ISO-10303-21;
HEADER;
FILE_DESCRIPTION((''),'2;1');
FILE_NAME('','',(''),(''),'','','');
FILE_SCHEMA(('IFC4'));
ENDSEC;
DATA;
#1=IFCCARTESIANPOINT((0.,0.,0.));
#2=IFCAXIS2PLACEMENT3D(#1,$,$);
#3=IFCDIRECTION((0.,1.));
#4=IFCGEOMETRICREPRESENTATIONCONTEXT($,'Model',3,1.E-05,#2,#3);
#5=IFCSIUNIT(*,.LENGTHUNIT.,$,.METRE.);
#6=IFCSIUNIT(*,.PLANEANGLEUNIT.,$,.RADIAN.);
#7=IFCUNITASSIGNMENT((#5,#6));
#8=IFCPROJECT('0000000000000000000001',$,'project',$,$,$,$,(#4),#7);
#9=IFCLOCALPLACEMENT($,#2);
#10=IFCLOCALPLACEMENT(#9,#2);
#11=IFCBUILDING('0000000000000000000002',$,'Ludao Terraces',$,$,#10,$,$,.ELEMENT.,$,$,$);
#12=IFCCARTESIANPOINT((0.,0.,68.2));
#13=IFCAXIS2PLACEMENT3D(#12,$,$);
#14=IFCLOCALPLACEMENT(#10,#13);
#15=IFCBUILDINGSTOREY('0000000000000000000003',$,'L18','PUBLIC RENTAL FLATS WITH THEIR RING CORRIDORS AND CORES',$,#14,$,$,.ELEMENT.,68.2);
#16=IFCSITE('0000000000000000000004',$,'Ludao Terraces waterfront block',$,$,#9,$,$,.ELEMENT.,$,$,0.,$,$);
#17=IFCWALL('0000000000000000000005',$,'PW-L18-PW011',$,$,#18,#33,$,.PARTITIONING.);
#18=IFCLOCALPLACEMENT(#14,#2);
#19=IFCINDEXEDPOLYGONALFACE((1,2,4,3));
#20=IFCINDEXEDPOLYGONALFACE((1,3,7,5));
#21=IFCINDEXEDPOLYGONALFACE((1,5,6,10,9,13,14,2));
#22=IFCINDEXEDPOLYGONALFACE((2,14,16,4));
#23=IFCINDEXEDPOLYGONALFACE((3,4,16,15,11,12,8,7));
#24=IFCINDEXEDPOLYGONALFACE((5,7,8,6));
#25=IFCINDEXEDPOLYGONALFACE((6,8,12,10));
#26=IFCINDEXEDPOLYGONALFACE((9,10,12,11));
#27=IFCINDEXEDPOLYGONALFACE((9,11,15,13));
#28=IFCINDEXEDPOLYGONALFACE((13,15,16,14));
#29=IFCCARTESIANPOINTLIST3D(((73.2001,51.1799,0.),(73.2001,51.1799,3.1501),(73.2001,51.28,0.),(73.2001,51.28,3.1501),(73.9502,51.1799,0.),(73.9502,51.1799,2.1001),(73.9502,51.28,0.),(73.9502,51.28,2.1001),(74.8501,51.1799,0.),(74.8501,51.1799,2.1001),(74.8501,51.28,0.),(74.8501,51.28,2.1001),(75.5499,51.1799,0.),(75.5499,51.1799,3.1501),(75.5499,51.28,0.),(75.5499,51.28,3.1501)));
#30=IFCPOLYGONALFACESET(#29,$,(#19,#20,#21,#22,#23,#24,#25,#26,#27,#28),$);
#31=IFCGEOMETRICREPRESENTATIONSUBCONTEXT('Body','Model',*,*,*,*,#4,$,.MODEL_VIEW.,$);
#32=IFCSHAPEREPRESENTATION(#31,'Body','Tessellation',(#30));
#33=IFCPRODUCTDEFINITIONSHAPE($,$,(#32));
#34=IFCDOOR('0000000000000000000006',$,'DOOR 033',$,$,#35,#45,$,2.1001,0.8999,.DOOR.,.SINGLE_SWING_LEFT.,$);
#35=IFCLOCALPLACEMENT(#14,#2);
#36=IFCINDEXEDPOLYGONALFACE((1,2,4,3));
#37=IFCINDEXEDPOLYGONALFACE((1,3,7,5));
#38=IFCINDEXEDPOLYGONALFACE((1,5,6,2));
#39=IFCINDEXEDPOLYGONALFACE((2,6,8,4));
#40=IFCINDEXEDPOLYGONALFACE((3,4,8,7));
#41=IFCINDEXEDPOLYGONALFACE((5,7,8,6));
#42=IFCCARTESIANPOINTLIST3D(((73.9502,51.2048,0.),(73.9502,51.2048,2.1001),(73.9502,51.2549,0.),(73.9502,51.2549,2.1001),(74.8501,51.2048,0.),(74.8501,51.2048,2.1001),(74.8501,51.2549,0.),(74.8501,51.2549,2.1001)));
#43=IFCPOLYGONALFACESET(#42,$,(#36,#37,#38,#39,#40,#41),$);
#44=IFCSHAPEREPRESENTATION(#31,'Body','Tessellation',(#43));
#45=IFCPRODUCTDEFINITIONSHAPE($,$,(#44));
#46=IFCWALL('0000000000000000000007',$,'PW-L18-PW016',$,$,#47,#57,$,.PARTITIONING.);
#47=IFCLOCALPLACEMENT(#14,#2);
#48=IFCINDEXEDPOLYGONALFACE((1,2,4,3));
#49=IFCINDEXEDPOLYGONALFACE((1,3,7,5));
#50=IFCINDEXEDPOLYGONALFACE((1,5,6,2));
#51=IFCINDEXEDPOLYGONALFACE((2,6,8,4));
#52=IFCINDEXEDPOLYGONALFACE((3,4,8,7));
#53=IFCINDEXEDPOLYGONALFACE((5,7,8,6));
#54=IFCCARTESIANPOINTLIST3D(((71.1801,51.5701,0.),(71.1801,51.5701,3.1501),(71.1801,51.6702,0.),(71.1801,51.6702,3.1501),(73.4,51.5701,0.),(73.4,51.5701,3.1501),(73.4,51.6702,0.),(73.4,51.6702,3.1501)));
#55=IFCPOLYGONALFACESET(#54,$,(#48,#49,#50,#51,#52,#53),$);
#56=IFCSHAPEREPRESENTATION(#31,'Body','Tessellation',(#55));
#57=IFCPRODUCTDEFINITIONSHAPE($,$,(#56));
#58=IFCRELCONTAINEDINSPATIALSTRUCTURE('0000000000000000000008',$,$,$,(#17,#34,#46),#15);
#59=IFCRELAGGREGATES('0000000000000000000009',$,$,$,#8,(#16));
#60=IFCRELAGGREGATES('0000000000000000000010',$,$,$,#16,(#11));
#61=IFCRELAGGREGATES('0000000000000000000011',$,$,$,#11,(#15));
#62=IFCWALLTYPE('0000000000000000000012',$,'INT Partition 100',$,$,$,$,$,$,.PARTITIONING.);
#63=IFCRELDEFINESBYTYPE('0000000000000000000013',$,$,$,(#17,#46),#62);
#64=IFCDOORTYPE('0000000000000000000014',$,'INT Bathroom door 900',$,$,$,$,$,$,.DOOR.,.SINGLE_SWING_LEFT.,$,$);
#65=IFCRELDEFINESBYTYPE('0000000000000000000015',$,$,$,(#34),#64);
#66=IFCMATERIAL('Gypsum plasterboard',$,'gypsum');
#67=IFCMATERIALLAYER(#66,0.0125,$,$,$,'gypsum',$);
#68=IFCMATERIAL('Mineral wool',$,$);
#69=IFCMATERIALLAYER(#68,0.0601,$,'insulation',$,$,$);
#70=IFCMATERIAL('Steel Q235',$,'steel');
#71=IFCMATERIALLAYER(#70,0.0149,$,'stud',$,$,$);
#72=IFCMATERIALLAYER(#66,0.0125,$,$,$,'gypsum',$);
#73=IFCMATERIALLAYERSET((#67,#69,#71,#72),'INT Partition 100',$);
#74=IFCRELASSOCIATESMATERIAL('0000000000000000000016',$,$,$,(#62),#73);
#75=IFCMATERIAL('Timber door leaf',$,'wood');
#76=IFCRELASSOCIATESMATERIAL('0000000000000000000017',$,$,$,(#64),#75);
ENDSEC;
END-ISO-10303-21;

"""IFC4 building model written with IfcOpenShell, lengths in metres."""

from ifc_helpers import new_model, si_unit, direction, frame, frame_2d, origin, place, context, subcontext, project, spatial, rectangle, extrude, material, layer, layer_set, type_object, element, fill, save


model = new_model("IFC4")

# Units and contexts
model_context = context("Model", 3, precision=1e-05, world=origin(), true_north=direction((0.0, 1.0)))
body_context = subcontext(model_context, "Body", "Model", "MODEL_VIEW")
ifc_project = project(units=[si_unit("LENGTHUNIT", "METRE"), si_unit("PLANEANGLEUNIT", "RADIAN")], contexts=[model_context])

# Site, building, storey
site_placement = place(None, origin())
site = spatial("IfcSite", under=ifc_project, at=site_placement, Name="Ludao Terraces waterfront block", CompositionType="ELEMENT", RefElevation=0.0)
building_placement = place(site_placement, origin())
building = spatial("IfcBuilding", under=site, at=building_placement, Name="Ludao Terraces", CompositionType="ELEMENT")
storey_placement = place(building_placement, frame((0.0, 0.0, 68.2)))
storey = spatial("IfcBuildingStorey", under=building, at=storey_placement, Name="L18", Description="PUBLIC RENTAL FLATS WITH THEIR RING CORRIDORS AND CORES", CompositionType="ELEMENT", Elevation=68.2)

# Shared definitions
ifc_material_1 = material(Name="Gypsum plasterboard", Category="gypsum")
ifc_layer_1 = layer(ifc_material_1, 0.0125, Category="gypsum")
ifc_material_2 = material(Name="Mineral wool")
ifc_layer_2 = layer(ifc_material_2, 0.0601, Name="insulation")
ifc_material_3 = material(Name="Steel Q235", Category="steel")
ifc_layer_3 = layer(ifc_material_3, 0.0149, Name="stud")
ifc_layer_4 = layer(ifc_material_1, 0.0125, Category="gypsum")
ifc_layer_set = layer_set([ifc_layer_1, ifc_layer_2, ifc_layer_3, ifc_layer_4], Name="INT Partition 100")
wall_type = type_object("IfcWallType", Name="INT Partition 100", PredefinedType="PARTITIONING", material=ifc_layer_set)
ifc_material_4 = material(Name="Timber door leaf", Category="wood")

# Wall, opening, door
wall_1_placement = place(storey_placement, frame((73.2002, 51.23, 0.0), z_axis=(0.0, 0.0, 1.0), x_axis=(1.0, 0.0, 0.0)))
wall_1 = element("IfcWall", 1, at=wall_1_placement, inside=storey, type_object=wall_type, Name="PW-L18-PW011", PredefinedType="PARTITIONING", context=body_context, shape_type="SweptSolid", body=[
    extrude(rectangle(XDim=2.3499, YDim=0.1001, at=frame_2d((1.1748, 0.0))), origin(), (0.0, 0.0, 1.0), 3.1501),
])
opening_1_placement = place(wall_1_placement, frame((0.75, 0.0, 0.0)))
opening_1 = element("IfcOpeningElement", 2, at=opening_1_placement, cuts=wall_1, PredefinedType="OPENING", context=body_context, shape_type="SweptSolid", body=[
    extrude(rectangle(XDim=0.8999, YDim=2.1001, at=frame_2d((0.45, 1.05))), frame((0.0, 0.0601, 0.0), z_axis=(0.0, -1.0, 0.0), x_axis=(1.0, 0.0, 0.0)), (0.0, 0.0, 1.0), 0.1201),
])
door_type_1 = type_object("IfcDoorType", Name="INT Bathroom door 900", OperationType="SINGLE_SWING_LEFT", PredefinedType="DOOR", material=ifc_material_4)
door_1_placement = place(opening_1_placement, origin())
door_1 = element("IfcDoor", 3, at=door_1_placement, inside=storey, type_object=door_type_1, Name="DOOR 033", OperationType="SINGLE_SWING_LEFT", OverallHeight=2.1001, OverallWidth=0.8999, PredefinedType="DOOR", context=body_context, shape_type="SweptSolid", body=[
    extrude(rectangle(XDim=0.8999, YDim=2.1001, at=frame_2d((0.45, 1.05))), frame((0.0, 0.0249, 0.0), z_axis=(0.0, -1.0, 0.0), x_axis=(1.0, 0.0, 0.0)), (0.0, 0.0, 1.0), 0.05),
])
fill(opening_1, door_1)

# Wall
wall_2_placement = place(storey_placement, frame((71.1802, 51.6201, 0.0), z_axis=(0.0, 0.0, 1.0), x_axis=(1.0, 0.0, 0.0)))
element("IfcWall", 4, at=wall_2_placement, inside=storey, type_object=wall_type, Name="PW-L18-PW016", PredefinedType="PARTITIONING", context=body_context, shape_type="SweptSolid", body=[
    extrude(rectangle(XDim=2.22, YDim=0.1001, at=frame_2d((1.1099, 0.0))), origin(), (0.0, 0.0, 1.0), 3.1501),
])

save(model, "model.ifc")
